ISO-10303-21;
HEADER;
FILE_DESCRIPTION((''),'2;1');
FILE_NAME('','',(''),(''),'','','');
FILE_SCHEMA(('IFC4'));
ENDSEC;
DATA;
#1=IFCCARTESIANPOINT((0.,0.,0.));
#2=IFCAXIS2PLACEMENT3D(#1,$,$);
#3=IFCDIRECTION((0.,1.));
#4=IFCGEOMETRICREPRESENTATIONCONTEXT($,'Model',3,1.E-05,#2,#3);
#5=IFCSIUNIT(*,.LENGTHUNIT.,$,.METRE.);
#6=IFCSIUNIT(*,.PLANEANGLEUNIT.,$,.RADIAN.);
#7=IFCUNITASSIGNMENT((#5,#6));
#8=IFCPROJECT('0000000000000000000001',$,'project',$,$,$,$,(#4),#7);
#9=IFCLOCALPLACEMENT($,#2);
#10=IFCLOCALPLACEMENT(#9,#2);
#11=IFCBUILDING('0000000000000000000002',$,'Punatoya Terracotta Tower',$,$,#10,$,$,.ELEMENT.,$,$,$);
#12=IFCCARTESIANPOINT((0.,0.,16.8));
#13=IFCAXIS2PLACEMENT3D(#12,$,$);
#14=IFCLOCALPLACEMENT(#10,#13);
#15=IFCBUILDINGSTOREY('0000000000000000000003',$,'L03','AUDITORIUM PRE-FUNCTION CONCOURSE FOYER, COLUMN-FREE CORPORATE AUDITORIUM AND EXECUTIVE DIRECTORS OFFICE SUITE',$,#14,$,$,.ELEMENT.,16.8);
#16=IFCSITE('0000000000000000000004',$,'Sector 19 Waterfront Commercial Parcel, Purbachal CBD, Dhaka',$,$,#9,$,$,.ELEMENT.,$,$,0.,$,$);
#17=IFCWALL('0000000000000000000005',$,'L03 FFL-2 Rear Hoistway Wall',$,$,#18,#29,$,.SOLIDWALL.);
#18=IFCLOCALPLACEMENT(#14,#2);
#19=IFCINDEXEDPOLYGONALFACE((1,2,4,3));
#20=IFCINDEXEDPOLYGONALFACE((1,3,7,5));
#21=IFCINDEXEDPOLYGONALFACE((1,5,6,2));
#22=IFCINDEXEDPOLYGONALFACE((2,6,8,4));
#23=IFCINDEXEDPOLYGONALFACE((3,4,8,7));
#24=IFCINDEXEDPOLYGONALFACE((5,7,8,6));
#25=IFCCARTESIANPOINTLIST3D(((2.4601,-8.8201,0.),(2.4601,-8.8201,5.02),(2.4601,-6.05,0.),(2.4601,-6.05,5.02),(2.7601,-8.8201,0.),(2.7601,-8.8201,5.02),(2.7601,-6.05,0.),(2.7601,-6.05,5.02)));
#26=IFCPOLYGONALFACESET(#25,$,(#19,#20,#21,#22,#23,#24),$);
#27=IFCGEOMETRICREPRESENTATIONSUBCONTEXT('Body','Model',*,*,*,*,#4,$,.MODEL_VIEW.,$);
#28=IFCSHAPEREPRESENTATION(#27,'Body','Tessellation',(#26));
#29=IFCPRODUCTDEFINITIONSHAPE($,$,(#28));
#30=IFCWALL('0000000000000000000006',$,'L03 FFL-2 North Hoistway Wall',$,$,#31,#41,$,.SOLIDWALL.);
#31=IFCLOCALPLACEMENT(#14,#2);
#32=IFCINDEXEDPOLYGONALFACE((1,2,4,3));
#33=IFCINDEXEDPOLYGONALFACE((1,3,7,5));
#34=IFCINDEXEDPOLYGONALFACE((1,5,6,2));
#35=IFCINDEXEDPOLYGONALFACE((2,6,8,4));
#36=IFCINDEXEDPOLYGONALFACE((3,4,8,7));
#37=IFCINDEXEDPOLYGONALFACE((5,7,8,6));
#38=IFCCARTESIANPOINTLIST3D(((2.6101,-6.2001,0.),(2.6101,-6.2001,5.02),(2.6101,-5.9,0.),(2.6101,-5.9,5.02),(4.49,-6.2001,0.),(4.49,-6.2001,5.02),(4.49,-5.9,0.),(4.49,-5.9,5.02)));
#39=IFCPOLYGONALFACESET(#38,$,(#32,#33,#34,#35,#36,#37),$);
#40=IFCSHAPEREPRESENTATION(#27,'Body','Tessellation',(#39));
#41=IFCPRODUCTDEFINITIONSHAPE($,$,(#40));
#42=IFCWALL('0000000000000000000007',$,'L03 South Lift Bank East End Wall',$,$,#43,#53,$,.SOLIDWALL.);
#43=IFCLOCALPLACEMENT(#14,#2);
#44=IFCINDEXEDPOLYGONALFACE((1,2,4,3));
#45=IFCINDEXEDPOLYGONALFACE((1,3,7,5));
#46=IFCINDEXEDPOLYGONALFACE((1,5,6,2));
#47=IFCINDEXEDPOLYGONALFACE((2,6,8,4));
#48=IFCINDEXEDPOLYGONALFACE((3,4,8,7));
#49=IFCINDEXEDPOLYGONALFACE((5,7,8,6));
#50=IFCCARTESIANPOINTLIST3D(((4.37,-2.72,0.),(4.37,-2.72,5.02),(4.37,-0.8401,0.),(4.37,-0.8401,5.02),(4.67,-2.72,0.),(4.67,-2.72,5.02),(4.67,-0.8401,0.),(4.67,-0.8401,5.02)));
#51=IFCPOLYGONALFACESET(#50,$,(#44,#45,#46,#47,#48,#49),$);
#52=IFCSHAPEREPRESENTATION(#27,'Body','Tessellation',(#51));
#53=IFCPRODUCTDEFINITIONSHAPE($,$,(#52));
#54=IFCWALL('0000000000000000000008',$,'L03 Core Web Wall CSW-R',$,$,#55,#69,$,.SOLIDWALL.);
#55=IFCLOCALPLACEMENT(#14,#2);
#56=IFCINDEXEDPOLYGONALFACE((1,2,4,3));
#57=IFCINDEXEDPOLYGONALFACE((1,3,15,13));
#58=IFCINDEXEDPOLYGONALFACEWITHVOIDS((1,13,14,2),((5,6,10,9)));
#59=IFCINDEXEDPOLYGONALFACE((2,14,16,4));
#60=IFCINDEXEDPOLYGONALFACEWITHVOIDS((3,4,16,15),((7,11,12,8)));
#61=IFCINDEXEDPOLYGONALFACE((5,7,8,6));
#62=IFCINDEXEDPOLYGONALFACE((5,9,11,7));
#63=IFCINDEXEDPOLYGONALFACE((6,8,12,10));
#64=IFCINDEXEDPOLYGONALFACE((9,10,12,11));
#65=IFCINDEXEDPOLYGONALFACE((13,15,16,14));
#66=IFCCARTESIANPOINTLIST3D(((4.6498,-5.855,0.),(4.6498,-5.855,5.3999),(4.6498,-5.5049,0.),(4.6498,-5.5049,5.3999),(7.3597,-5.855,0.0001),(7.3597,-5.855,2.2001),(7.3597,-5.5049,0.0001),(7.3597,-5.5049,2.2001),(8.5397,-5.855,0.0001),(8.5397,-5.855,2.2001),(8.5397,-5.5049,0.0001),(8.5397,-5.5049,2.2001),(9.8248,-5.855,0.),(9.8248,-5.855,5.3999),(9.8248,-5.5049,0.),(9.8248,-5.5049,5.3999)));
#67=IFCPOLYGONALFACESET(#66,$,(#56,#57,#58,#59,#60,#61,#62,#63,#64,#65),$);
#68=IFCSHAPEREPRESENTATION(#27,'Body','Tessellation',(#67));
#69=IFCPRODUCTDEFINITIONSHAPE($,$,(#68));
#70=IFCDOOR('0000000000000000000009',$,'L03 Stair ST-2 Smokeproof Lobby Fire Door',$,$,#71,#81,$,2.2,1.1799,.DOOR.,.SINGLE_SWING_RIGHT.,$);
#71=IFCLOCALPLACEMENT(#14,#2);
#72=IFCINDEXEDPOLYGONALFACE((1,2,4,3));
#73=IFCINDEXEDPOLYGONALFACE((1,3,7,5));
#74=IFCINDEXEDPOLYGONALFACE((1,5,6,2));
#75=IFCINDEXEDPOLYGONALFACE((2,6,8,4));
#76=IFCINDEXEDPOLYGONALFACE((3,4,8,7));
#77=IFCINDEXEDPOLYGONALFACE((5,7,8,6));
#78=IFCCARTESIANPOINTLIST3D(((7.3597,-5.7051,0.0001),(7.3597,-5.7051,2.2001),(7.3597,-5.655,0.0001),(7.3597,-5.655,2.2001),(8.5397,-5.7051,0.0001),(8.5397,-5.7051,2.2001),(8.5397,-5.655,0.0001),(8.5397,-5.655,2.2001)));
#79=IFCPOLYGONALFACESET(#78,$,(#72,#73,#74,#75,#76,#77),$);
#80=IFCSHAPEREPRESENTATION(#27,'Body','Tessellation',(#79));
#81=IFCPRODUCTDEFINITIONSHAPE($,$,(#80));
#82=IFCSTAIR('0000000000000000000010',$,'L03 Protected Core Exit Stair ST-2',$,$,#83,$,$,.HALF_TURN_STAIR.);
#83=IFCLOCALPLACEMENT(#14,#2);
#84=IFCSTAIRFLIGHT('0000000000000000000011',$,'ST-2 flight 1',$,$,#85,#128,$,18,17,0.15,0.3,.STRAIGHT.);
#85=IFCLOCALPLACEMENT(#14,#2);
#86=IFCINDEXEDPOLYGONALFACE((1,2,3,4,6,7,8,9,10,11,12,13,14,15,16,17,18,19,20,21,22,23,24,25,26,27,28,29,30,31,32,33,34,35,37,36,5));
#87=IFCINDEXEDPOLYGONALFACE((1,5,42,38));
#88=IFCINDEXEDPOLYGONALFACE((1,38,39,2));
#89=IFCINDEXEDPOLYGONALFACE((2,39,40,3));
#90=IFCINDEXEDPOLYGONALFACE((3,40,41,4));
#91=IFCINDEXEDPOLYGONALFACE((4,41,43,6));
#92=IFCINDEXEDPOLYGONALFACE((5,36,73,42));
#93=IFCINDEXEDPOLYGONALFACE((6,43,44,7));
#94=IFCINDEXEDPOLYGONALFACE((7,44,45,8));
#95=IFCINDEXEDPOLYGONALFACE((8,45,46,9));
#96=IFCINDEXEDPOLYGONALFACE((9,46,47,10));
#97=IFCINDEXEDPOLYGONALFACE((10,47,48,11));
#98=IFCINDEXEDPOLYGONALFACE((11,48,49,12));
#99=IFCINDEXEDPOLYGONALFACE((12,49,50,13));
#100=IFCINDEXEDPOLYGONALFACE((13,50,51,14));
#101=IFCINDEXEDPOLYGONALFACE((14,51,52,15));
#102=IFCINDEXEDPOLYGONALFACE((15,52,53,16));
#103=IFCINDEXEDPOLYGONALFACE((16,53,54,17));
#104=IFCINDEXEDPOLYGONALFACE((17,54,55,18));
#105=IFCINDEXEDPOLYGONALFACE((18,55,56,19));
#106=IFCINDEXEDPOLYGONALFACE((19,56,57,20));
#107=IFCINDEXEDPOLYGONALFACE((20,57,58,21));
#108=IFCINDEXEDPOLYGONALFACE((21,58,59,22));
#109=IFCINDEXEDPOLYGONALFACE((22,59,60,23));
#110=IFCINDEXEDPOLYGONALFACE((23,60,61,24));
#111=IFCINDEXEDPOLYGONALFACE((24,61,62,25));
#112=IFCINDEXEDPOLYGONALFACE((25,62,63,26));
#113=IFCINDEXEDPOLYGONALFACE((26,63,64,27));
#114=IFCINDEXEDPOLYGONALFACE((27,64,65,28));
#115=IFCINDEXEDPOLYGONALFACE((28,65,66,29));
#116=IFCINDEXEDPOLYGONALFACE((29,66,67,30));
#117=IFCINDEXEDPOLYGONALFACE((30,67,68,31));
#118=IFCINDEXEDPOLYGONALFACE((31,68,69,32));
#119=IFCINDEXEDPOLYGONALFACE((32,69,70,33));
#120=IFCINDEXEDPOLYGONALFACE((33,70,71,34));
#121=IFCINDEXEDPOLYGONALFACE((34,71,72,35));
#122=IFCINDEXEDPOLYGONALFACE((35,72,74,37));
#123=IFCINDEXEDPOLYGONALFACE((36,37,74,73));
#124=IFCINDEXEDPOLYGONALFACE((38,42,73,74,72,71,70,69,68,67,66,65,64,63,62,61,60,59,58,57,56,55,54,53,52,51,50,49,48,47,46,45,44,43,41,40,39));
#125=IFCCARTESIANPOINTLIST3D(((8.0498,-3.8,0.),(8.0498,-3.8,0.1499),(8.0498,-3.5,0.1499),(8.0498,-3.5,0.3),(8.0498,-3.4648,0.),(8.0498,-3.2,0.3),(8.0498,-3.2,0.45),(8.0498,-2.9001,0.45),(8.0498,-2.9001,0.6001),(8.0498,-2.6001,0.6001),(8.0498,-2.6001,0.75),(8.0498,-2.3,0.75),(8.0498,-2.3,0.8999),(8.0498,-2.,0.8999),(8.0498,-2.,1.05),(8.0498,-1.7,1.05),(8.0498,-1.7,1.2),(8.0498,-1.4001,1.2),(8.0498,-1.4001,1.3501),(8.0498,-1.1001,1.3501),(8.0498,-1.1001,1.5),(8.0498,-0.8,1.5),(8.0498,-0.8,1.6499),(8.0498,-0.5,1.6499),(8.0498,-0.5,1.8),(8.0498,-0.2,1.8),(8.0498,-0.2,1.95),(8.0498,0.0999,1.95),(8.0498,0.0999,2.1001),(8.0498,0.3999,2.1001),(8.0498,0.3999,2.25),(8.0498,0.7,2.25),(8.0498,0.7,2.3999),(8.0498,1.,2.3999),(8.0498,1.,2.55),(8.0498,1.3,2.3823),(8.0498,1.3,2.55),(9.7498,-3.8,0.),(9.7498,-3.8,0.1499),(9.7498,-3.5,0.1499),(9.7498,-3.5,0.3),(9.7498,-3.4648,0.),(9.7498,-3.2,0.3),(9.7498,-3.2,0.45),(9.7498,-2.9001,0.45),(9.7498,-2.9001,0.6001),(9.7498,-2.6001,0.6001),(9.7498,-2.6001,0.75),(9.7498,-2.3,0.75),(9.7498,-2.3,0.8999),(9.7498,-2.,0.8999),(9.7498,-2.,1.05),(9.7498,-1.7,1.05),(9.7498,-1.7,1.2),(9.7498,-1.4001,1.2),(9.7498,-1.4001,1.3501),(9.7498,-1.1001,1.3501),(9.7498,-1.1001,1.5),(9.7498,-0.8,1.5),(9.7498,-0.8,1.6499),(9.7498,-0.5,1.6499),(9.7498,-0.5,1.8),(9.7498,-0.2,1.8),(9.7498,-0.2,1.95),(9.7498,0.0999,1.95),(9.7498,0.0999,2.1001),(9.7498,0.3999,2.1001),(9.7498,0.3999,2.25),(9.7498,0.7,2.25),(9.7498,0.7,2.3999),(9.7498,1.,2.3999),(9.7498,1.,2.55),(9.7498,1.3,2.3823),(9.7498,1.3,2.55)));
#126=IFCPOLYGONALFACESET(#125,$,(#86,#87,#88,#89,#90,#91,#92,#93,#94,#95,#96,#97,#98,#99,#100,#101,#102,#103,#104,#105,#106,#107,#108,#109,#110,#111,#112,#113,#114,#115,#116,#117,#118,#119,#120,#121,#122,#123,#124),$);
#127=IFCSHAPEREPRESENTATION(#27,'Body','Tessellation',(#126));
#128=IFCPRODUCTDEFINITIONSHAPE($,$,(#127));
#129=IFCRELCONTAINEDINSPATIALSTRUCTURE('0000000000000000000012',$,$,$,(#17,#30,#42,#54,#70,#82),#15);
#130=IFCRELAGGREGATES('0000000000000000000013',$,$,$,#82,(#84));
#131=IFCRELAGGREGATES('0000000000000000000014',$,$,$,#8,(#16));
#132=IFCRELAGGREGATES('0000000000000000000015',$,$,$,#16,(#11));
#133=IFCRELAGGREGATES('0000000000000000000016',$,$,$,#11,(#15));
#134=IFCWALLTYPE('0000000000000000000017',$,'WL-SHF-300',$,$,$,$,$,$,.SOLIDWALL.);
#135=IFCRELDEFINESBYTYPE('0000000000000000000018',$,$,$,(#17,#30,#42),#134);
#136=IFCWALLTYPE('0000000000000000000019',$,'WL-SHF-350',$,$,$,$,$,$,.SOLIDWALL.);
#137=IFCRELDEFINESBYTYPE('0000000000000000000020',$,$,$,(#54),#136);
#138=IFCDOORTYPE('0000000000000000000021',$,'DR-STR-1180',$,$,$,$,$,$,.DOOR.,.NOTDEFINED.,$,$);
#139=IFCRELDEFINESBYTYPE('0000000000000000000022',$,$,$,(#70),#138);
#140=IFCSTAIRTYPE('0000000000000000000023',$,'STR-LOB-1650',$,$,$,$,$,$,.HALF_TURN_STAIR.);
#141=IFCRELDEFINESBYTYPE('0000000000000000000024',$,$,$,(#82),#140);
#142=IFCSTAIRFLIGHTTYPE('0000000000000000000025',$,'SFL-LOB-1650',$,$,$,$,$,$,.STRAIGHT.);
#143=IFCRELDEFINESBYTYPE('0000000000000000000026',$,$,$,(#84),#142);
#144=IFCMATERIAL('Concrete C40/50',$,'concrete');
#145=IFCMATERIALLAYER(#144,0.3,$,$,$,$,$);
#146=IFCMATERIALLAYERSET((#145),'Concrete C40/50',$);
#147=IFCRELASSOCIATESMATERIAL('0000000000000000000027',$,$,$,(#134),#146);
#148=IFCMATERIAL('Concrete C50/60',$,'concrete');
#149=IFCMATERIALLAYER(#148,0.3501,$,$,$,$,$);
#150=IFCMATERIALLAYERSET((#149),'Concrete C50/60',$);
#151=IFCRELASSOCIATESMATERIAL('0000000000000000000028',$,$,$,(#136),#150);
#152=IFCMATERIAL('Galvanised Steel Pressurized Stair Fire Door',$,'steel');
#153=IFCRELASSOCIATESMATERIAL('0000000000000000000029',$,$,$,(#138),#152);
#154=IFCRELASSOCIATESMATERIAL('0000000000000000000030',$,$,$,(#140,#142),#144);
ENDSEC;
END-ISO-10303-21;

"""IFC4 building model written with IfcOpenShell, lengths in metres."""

from ifc_helpers import new_model, si_unit, direction, frame, frame_2d, origin, place, context, subcontext, project, spatial, polyline, rectangle, outline, extrude, material, layer, layer_set, type_object, element, fill, aggregate, save


model = new_model("IFC4")

# Units and contexts
model_context = context("Model", 3, precision=1e-05, world=origin(), true_north=direction((0.0, 1.0)))
body_context = subcontext(model_context, "Body", "Model", "MODEL_VIEW")
ifc_project = project(units=[si_unit("LENGTHUNIT", "METRE"), si_unit("PLANEANGLEUNIT", "RADIAN")], contexts=[model_context])

# Site, building, storey
site_placement = place(None, origin())
site = spatial("IfcSite", under=ifc_project, at=site_placement, Name="Sector 19 Waterfront Commercial Parcel, Purbachal CBD, Dhaka", CompositionType="ELEMENT", RefElevation=0.0)
building_placement = place(site_placement, origin())
building = spatial("IfcBuilding", under=site, at=building_placement, Name="Punatoya Terracotta Tower", CompositionType="ELEMENT")
storey_placement = place(building_placement, frame((0.0, 0.0, 16.8)))
storey = spatial("IfcBuildingStorey", under=building, at=storey_placement, Name="L03", Description="AUDITORIUM PRE-FUNCTION CONCOURSE FOYER, COLUMN-FREE CORPORATE AUDITORIUM AND EXECUTIVE DIRECTORS OFFICE SUITE", CompositionType="ELEMENT", Elevation=16.8)

# Shared definitions
ifc_material_1 = material(Name="Concrete C50/60", Category="concrete")

# Shared definitions
ifc_material_2 = material(Name="Concrete C40/50", Category="concrete")
ifc_layer_1 = layer(ifc_material_2, 0.3)
ifc_layer_set_1 = layer_set([ifc_layer_1], Name="Concrete C40/50")
wall_type_1 = type_object("IfcWallType", Name="WL-SHF-300", PredefinedType="SOLIDWALL", material=ifc_layer_set_1)

# Walls
wall_1_placement = place(storey_placement, frame((2.6101, -8.8201, 0.0), z_axis=(0.0, 0.0, 1.0), x_axis=(0.0, 1.0, 0.0)))
element("IfcWall", 1, at=wall_1_placement, inside=storey, type_object=wall_type_1, Name="L03 FFL-2 Rear Hoistway Wall", PredefinedType="SOLIDWALL", context=body_context, shape_type="SweptSolid", body=[
    extrude(rectangle(XDim=2.77, YDim=0.3, at=frame_2d((1.385, 0.0))), origin(), (0.0, 0.0, 1.0), 5.02),
])
for number, where, z_axis, x_axis, name in (
    (2, (2.6101, -6.05, 0.0), (0.0, 0.0, 1.0), (1.0, 0.0, 0.0), "L03 FFL-2 North Hoistway Wall"),
    (3, (4.52, -2.72, 0.0), (0.0, 0.0, 1.0), (0.0, 1.0, 0.0), "L03 South Lift Bank East End Wall"),
):
    element("IfcWall", number, at=place(storey_placement, frame(where, z_axis=z_axis, x_axis=x_axis)), inside=storey, type_object=wall_type_1, Name=name, PredefinedType="SOLIDWALL", context=body_context, shape_type="SweptSolid", body=[
        extrude(rectangle(XDim=1.8799, YDim=0.3, at=frame_2d((0.9399, 0.0))), origin(), (0.0, 0.0, 1.0), 5.02),
    ])

# Wall, opening, door
ifc_layer_2 = layer(ifc_material_1, 0.3501)
ifc_layer_set_2 = layer_set([ifc_layer_2], Name="Concrete C50/60")
wall_type_2 = type_object("IfcWallType", Name="WL-SHF-350", PredefinedType="SOLIDWALL", material=ifc_layer_set_2)
wall_2_placement = place(storey_placement, frame((4.6499, -5.6799, 0.0), z_axis=(0.0, 0.0, 1.0), x_axis=(1.0, 0.0, 0.0)))
wall_2 = element("IfcWall", 4, at=wall_2_placement, inside=storey, type_object=wall_type_2, Name="L03 Core Web Wall CSW-R", PredefinedType="SOLIDWALL", context=body_context, shape_type="SweptSolid", body=[
    extrude(rectangle(XDim=5.175, YDim=0.3501, at=frame_2d((2.5874, 0.0))), origin(), (0.0, 0.0, 1.0), 5.3999),
])
opening_1_placement = place(wall_2_placement, frame((2.71, 0.0, 0.0)))
opening_1 = element("IfcOpeningElement", 5, at=opening_1_placement, cuts=wall_2, PredefinedType="OPENING", context=body_context, shape_type="SweptSolid", body=[
    extrude(rectangle(XDim=1.1799, YDim=2.2, at=frame_2d((0.5898, 1.1001))), frame((0.0, 0.1851, 0.0), z_axis=(0.0, -1.0, 0.0), x_axis=(1.0, 0.0, 0.0)), (0.0, 0.0, 1.0), 0.3701),
])
ifc_material_3 = material(Name="Galvanised Steel Pressurized Stair Fire Door", Category="steel")
door_type_1 = type_object("IfcDoorType", Name="DR-STR-1180", OperationType="NOTDEFINED", PredefinedType="DOOR", material=ifc_material_3)
door_1_placement = place(opening_1_placement, origin())
door_1 = element("IfcDoor", 6, at=door_1_placement, inside=storey, type_object=door_type_1, Name="L03 Stair ST-2 Smokeproof Lobby Fire Door", OperationType="SINGLE_SWING_RIGHT", OverallHeight=2.2, OverallWidth=1.1799, PredefinedType="DOOR", context=body_context, shape_type="SweptSolid", body=[
    extrude(rectangle(XDim=1.1799, YDim=2.2, at=frame_2d((0.5898, 1.1001))), frame((0.0, 0.0249, 0.0), z_axis=(0.0, -1.0, 0.0), x_axis=(1.0, 0.0, 0.0)), (0.0, 0.0, 1.0), 0.05),
])
fill(opening_1, door_1)

# Stair, stair flight
stair_type = type_object("IfcStairType", Name="STR-LOB-1650", PredefinedType="HALF_TURN_STAIR", material=ifc_material_2)
stair_placement = place(storey_placement, origin())
stair = element("IfcStair", 7, at=stair_placement, inside=storey, type_object=stair_type, Name="L03 Protected Core Exit Stair ST-2", PredefinedType="HALF_TURN_STAIR")
stair_flight_type = type_object("IfcStairFlightType", Name="SFL-LOB-1650", PredefinedType="STRAIGHT", material=ifc_material_2)
stair_flight_placement = place(storey_placement, frame((8.8999, -3.8, 0.0), z_axis=(0.0, 0.0, 1.0), x_axis=(0.0, 1.0, 0.0)))
stair_flight = element("IfcStairFlight", 8, at=stair_flight_placement, type_object=stair_flight_type, Name="ST-2 flight 1", NumberOfRisers=18, NumberOfTreads=17, PredefinedType="STRAIGHT", RiserHeight=0.15, TreadLength=0.3, context=body_context, shape_type="SweptSolid", body=[
    extrude(outline(polyline([(0.0, 0.0), (0.0, 0.1499), (0.3, 0.1499), (0.3, 0.3), (0.6001, 0.3), (0.6001, 0.45), (0.8999, 0.45), (0.8999, 0.6001), (1.2, 0.6001), (1.2, 0.75), (1.5, 0.75), (1.5, 0.8999), (1.8, 0.8999), (1.8, 1.05), (2.1001, 1.05), (2.1001, 1.2), (2.3999, 1.2), (2.3999, 1.3501), (2.7, 1.3501), (2.7, 1.5), (3.0, 1.5), (3.0, 1.6499), (3.3, 1.6499), (3.3, 1.8), (3.6001, 1.8), (3.6001, 1.95), (3.8999, 1.95), (3.8999, 2.1001), (4.2, 2.1001), (4.2, 2.25), (4.5, 2.25), (4.5, 2.3999), (4.8, 2.3999), (4.8, 2.55), (5.1001, 2.55), (5.1001, 2.7), (5.1001, 2.3823), (0.3352, 0.0), (0.0, 0.0)])), frame((0.0, 0.8501, 0.0), z_axis=(0.0, -1.0, 0.0), x_axis=(1.0, 0.0, 0.0)), (0.0, 0.0, 1.0), 1.7),
])
aggregate(stair, [stair_flight])

save(model, "model.ifc")
